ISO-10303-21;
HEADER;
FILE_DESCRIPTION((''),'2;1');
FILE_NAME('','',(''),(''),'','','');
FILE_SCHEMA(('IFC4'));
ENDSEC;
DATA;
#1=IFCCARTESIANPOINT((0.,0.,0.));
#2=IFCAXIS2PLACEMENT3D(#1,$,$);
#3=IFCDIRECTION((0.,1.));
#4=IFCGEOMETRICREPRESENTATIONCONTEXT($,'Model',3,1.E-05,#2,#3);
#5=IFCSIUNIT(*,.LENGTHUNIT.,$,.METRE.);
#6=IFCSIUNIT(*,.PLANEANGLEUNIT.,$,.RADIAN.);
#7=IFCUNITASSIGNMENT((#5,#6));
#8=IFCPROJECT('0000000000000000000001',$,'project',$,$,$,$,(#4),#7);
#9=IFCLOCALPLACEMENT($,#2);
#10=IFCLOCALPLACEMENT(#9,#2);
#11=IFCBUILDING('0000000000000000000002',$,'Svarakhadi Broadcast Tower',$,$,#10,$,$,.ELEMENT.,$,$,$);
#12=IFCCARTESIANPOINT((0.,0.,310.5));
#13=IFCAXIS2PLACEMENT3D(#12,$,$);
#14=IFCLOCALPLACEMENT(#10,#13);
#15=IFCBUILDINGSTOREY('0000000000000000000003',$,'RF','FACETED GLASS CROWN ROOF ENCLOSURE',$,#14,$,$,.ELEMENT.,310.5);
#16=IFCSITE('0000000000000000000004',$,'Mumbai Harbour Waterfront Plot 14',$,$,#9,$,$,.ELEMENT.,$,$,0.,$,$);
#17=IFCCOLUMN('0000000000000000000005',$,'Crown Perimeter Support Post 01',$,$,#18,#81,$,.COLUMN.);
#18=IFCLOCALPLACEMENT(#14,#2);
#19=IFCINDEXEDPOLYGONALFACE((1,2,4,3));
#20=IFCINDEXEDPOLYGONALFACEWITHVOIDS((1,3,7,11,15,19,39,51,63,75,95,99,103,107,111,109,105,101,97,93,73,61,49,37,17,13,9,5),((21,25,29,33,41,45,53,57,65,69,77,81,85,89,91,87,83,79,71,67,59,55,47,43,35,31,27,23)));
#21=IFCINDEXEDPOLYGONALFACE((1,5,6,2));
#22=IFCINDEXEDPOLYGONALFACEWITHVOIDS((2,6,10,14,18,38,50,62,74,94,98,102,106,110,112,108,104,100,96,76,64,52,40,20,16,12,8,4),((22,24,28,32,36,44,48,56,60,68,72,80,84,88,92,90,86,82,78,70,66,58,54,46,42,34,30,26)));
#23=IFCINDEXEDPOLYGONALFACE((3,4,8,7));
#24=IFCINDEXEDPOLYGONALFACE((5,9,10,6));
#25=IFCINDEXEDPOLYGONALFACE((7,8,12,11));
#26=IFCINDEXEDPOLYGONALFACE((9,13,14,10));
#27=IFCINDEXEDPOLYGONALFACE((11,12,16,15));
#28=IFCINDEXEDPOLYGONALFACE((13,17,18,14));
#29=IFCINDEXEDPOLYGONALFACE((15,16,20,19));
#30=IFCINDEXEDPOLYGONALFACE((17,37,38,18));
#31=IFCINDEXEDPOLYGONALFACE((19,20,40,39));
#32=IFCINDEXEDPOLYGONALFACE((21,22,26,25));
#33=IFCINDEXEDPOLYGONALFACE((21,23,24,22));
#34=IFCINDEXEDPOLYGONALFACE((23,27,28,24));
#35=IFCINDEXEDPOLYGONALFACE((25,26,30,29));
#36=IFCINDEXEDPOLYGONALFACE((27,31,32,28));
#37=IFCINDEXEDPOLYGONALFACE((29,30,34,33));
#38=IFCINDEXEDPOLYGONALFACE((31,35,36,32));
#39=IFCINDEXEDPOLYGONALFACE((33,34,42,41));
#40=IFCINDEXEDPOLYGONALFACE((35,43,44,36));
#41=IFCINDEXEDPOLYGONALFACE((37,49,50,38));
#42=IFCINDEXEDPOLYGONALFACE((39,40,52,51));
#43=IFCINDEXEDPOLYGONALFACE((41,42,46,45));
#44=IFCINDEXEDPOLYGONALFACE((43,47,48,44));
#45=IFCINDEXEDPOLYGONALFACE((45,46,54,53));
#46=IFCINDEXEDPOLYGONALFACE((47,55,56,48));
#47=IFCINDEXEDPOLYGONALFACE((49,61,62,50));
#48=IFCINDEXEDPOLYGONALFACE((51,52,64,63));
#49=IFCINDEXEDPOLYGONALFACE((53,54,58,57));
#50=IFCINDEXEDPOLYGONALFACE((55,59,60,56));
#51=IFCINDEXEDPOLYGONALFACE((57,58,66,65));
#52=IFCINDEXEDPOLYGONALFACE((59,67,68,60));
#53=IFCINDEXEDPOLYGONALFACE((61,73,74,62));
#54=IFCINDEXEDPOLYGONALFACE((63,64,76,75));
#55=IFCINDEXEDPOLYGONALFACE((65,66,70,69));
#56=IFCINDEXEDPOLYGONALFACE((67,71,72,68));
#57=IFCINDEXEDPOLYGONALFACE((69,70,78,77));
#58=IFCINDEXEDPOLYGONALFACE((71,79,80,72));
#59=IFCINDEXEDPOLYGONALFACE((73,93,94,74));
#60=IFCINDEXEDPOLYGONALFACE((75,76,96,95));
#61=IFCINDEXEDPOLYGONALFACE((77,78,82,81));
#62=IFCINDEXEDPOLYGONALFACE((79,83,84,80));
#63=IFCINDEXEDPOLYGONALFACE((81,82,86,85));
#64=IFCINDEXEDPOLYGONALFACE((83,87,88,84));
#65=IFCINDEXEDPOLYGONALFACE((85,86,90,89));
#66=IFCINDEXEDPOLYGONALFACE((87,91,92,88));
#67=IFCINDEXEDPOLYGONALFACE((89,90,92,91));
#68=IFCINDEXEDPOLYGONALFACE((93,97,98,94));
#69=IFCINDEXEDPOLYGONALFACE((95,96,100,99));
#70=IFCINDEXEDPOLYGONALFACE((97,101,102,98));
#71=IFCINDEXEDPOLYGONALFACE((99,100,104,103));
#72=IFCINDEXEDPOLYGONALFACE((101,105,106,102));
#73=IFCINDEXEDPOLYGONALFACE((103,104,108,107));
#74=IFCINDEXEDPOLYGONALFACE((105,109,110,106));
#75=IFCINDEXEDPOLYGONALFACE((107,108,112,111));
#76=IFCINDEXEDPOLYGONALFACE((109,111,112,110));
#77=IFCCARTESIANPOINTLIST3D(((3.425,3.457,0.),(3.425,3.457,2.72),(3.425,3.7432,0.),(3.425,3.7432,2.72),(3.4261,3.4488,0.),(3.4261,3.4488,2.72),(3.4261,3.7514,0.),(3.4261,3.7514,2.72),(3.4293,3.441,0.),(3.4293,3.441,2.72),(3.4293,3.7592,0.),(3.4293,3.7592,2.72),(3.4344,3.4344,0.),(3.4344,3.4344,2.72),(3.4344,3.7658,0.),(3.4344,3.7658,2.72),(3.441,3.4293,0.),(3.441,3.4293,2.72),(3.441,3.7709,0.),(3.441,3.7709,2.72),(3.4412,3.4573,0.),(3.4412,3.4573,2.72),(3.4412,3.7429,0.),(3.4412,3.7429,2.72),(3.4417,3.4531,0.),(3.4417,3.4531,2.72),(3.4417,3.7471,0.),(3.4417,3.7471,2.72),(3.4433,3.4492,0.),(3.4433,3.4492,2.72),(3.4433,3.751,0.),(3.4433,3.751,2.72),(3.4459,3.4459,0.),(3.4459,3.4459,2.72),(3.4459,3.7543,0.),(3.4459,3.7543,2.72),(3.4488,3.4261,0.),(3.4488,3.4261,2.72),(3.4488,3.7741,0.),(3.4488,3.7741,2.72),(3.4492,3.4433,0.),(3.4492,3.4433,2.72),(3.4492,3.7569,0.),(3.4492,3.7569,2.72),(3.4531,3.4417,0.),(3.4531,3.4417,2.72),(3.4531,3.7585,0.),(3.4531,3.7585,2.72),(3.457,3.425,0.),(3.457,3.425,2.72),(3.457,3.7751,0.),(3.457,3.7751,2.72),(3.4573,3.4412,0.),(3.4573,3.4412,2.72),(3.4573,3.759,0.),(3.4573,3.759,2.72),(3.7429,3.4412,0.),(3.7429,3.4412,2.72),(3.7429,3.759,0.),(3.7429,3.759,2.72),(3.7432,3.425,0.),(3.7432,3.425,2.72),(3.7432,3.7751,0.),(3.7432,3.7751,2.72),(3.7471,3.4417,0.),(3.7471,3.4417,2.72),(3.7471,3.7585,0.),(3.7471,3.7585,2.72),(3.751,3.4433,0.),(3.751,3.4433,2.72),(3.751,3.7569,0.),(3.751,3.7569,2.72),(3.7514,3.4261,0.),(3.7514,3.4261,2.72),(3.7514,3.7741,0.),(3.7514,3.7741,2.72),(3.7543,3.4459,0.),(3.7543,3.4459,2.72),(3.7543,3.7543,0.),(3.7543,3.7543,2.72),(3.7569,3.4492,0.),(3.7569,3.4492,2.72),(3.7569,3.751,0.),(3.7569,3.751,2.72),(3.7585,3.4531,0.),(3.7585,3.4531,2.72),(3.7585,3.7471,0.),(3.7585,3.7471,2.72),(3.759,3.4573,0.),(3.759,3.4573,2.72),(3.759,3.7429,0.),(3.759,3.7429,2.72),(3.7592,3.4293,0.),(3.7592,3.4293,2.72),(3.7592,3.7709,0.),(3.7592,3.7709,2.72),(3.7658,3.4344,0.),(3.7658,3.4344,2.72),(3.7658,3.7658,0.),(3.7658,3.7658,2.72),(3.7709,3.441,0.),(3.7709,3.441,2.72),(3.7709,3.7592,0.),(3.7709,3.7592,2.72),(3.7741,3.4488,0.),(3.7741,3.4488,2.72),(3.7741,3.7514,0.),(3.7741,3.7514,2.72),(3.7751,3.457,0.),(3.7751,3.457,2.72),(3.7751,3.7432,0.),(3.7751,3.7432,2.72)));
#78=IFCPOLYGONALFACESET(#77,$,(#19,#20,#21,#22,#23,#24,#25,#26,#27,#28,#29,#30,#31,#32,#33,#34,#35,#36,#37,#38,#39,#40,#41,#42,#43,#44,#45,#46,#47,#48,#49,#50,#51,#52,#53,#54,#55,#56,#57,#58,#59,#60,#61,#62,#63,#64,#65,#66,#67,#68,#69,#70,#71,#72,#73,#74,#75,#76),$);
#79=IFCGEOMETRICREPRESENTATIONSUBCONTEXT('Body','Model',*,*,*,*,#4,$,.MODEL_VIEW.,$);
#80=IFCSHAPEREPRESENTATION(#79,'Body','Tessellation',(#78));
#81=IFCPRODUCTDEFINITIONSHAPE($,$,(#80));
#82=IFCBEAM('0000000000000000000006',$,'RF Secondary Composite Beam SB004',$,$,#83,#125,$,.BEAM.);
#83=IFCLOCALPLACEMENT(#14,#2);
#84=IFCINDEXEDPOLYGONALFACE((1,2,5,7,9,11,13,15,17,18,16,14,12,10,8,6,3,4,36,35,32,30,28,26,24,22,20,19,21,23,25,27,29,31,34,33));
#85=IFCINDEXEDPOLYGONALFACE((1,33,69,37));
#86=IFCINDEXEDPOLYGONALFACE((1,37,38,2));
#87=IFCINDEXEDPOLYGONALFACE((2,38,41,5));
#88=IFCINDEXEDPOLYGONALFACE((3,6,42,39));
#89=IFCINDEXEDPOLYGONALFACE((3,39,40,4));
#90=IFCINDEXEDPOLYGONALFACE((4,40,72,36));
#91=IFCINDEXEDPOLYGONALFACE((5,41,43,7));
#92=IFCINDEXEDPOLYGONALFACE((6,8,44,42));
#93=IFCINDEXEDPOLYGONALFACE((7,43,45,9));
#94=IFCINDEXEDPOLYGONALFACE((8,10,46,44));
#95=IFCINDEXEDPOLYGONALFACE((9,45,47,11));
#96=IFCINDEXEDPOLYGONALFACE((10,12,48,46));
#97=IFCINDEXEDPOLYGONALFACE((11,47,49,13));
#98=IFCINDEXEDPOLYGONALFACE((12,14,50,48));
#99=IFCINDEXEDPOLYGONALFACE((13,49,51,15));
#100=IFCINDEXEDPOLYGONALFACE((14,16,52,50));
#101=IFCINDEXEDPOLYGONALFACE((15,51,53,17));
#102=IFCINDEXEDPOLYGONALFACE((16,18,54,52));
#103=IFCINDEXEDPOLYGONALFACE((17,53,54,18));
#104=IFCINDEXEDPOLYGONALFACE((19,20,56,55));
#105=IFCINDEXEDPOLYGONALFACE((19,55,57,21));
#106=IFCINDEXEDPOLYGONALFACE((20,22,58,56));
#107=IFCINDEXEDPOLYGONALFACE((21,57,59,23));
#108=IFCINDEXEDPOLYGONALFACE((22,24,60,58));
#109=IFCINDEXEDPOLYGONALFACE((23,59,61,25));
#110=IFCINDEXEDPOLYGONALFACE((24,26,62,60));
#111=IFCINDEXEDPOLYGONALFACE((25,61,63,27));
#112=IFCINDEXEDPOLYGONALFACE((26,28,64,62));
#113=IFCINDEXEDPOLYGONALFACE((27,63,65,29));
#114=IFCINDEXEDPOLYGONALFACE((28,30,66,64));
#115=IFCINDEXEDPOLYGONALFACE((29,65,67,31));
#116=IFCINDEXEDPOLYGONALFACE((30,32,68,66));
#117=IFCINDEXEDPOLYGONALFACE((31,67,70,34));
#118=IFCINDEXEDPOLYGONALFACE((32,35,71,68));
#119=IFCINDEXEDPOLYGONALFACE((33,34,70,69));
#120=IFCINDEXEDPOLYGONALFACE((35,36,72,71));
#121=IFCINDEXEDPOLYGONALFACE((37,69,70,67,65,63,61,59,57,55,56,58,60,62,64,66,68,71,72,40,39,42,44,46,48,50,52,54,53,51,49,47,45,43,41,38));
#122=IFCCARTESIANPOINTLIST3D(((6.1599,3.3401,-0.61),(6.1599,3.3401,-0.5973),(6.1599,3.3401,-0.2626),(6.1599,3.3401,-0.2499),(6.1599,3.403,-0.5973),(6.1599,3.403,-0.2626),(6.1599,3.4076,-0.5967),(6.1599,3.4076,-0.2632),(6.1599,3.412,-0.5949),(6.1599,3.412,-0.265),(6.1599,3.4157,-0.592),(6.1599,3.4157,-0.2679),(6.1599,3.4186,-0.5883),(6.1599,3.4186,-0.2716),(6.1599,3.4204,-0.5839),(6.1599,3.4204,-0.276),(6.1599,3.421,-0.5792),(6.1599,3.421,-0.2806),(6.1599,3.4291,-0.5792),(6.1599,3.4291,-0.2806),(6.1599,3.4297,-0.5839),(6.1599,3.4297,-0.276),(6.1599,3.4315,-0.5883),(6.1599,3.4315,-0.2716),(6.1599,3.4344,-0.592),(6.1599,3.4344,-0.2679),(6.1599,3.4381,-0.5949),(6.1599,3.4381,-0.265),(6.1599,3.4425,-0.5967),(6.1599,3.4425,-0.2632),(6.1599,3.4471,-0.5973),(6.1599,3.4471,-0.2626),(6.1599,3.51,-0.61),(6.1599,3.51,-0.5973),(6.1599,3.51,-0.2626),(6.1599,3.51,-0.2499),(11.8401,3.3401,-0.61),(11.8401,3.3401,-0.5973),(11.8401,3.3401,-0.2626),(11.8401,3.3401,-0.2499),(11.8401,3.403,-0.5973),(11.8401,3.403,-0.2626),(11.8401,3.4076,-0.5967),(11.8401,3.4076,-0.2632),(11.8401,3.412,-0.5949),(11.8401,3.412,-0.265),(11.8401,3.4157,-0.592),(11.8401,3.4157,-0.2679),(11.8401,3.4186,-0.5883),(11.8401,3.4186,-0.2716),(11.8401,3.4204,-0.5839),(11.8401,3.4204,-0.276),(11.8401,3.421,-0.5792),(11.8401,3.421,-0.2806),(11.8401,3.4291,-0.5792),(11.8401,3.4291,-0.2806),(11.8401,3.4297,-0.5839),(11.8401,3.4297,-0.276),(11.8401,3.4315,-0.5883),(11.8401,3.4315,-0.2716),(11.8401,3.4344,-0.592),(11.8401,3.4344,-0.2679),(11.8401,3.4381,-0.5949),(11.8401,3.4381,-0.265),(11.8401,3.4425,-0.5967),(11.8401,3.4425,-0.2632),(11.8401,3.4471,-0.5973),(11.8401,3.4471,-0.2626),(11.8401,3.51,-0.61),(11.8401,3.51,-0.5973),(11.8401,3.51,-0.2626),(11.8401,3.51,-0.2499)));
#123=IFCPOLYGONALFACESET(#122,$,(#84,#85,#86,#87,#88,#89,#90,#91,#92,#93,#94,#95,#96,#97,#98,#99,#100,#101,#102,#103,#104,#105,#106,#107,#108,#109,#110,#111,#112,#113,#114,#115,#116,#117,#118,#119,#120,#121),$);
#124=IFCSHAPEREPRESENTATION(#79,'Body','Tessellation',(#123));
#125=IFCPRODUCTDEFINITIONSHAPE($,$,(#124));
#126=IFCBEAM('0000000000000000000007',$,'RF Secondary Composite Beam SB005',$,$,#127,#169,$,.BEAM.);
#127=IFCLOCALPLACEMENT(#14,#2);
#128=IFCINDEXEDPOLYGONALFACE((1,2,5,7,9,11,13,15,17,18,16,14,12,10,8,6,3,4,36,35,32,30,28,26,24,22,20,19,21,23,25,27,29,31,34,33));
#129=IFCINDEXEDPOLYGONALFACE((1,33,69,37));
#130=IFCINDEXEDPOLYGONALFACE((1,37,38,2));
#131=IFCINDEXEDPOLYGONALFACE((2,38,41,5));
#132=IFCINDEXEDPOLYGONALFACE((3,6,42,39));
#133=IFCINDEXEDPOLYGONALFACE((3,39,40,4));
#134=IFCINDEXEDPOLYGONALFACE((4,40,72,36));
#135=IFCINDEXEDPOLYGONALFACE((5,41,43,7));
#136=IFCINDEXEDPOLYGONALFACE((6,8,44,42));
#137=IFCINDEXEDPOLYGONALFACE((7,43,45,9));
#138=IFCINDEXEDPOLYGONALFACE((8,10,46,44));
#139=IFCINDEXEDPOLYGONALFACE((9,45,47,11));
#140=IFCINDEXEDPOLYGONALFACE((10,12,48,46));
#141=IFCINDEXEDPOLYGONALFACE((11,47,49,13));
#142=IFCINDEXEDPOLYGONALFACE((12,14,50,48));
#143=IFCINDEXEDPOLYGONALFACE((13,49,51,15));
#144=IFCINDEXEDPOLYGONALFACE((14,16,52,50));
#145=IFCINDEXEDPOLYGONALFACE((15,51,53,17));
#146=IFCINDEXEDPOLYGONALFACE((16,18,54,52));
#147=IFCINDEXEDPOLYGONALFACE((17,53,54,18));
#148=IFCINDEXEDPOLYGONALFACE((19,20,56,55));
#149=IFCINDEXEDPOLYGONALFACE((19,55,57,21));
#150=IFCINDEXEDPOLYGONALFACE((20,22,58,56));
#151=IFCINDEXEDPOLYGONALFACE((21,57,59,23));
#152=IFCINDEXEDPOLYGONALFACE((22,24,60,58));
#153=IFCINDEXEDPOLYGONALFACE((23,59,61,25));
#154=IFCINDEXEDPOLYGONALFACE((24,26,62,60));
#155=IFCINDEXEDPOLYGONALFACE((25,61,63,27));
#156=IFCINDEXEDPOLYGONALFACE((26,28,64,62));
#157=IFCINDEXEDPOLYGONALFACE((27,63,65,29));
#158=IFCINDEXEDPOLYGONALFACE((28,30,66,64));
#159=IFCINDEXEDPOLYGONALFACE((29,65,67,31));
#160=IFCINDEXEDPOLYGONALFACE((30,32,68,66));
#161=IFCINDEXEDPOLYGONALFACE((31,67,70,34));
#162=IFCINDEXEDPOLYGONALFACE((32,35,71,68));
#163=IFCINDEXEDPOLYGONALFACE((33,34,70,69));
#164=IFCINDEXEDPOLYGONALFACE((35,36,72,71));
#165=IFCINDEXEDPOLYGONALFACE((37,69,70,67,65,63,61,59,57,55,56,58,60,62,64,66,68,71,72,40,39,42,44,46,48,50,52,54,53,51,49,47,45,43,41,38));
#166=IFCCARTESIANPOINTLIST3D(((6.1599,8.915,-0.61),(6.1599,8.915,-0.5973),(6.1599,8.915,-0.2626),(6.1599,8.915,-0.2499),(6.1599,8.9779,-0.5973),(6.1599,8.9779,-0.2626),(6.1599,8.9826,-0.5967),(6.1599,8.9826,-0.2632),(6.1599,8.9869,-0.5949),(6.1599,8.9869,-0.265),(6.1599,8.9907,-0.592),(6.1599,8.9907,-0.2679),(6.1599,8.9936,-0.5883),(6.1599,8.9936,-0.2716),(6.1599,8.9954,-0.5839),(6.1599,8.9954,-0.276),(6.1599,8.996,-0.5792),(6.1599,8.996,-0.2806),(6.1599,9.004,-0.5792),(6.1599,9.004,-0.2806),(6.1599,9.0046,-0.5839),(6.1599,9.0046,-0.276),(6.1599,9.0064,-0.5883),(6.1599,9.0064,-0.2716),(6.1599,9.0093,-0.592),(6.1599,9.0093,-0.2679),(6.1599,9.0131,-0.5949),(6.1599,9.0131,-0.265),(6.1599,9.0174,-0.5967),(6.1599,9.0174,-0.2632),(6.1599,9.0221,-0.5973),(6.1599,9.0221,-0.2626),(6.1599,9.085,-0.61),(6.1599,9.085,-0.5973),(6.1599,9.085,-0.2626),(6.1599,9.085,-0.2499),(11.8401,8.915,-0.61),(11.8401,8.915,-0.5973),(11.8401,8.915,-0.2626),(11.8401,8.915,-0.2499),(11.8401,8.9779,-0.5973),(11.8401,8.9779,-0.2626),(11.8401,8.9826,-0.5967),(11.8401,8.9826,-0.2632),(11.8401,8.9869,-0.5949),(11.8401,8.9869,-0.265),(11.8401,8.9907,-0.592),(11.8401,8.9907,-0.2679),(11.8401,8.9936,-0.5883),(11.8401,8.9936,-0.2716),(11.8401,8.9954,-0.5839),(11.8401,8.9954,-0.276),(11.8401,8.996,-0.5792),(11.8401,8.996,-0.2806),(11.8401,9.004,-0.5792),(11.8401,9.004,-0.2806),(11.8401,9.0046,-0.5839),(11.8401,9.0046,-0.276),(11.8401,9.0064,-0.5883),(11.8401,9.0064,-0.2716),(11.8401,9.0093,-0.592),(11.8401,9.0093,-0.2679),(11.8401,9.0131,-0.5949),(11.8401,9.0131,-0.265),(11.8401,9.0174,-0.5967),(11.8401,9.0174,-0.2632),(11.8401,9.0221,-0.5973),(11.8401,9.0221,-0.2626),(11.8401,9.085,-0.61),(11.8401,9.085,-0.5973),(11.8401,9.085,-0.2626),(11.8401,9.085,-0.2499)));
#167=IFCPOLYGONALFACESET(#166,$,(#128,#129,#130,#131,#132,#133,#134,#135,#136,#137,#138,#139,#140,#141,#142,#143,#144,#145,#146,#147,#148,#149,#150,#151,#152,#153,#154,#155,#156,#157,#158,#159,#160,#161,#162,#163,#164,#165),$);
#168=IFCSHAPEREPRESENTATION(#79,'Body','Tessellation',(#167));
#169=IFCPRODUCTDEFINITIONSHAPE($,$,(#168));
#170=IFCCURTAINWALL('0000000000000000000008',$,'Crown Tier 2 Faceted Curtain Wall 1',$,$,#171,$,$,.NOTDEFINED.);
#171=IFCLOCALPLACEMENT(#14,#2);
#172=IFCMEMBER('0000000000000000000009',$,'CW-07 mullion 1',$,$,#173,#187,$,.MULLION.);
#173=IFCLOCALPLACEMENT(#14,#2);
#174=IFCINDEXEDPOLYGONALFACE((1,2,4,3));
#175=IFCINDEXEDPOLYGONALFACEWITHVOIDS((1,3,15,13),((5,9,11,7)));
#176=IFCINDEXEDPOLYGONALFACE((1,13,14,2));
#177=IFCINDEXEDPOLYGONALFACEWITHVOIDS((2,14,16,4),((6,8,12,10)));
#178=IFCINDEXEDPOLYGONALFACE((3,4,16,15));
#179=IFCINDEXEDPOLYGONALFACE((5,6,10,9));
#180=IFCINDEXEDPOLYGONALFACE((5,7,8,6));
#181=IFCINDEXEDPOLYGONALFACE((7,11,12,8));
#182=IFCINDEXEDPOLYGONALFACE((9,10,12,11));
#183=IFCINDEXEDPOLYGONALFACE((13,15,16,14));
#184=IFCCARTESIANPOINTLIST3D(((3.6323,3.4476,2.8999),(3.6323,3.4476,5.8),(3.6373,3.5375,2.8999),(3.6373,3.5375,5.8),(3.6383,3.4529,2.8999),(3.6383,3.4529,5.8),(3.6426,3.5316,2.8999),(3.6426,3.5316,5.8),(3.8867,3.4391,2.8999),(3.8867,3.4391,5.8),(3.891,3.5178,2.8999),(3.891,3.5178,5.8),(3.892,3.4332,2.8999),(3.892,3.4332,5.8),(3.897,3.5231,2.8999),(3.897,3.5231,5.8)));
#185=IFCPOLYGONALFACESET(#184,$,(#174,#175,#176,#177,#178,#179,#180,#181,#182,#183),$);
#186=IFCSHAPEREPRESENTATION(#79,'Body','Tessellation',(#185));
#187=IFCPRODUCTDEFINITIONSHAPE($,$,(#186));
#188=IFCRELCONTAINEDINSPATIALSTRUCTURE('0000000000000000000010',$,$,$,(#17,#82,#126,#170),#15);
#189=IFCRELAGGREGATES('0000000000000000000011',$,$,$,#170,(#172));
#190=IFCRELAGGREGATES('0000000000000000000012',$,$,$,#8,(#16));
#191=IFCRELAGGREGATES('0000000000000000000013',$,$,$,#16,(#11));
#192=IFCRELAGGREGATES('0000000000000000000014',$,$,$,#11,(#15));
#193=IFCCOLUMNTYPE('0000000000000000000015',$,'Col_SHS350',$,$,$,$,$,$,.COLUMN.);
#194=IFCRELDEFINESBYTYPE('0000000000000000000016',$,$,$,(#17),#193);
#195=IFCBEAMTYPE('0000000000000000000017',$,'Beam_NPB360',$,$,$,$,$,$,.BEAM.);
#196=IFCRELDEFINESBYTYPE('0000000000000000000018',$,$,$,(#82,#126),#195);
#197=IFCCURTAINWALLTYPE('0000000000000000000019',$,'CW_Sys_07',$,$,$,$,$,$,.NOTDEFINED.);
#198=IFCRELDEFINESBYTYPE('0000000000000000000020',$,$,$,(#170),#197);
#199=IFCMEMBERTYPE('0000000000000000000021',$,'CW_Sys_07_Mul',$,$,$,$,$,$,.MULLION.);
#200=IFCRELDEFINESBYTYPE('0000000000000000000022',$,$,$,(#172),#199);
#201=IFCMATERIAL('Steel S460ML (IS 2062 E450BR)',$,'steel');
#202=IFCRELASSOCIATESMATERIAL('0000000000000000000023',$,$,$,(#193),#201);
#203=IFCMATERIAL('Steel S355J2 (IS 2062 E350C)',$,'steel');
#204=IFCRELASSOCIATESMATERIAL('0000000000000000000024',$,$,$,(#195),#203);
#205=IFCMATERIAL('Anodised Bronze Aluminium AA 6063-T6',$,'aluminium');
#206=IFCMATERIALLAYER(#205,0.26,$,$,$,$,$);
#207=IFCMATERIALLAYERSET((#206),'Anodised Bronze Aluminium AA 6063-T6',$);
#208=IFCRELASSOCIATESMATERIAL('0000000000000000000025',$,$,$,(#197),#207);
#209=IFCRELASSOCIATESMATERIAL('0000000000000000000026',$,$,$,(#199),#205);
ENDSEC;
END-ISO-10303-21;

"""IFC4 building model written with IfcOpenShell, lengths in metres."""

from ifc_helpers import new_model, si_unit, direction, frame, origin, origin_2d, place, context, subcontext, project, spatial, hollow_rectangle, i_section, extrude, material, layer, layer_set, material_profile, profile_set, type_object, element, aggregate, save


model = new_model("IFC4")

# Units and contexts
model_context = context("Model", 3, precision=1e-05, world=origin(), true_north=direction((0.0, 1.0)))
body_context = subcontext(model_context, "Body", "Model", "MODEL_VIEW")
ifc_project = project(units=[si_unit("LENGTHUNIT", "METRE"), si_unit("PLANEANGLEUNIT", "RADIAN")], contexts=[model_context])

# Site, building, storey
site_placement = place(None, origin())
site = spatial("IfcSite", under=ifc_project, at=site_placement, Name="Mumbai Harbour Waterfront Plot 14", CompositionType="ELEMENT", RefElevation=0.0)
building_placement = place(site_placement, origin())
building = spatial("IfcBuilding", under=site, at=building_placement, Name="Svarakhadi Broadcast Tower", CompositionType="ELEMENT")
storey_placement = place(building_placement, frame((0.0, 0.0, 310.5)))
storey = spatial("IfcBuildingStorey", under=building, at=storey_placement, Name="RF", Description="FACETED GLASS CROWN ROOF ENCLOSURE", CompositionType="ELEMENT", Elevation=310.5)

# Column
ifc_material_1 = material(Name="Steel S460ML (IS 2062 E450BR)", Category="steel")
ifc_material_profile_1 = material_profile(ifc_material_1, hollow_rectangle(XDim=0.3501, YDim=0.3501, WallThickness=0.0161, InnerFilletRadius=0.0161, OuterFilletRadius=0.032, at=origin_2d()), Name="SHS 350x350x16")
ifc_profile_set_1 = profile_set([ifc_material_profile_1], Name="Steel S460ML (IS 2062 E450BR)")
column_type = type_object("IfcColumnType", Name="Col_SHS350", PredefinedType="COLUMN", material=ifc_profile_set_1)
column_placement = place(storey_placement, frame((3.6001, 3.6001, 0.0), z_axis=(0.0, 0.0, 1.0), x_axis=(1.0, 0.0, 0.0)))
element("IfcColumn", 1, at=column_placement, inside=storey, type_object=column_type, Name="Crown Perimeter Support Post 01", PredefinedType="COLUMN", context=body_context, shape_type="SweptSolid", body=[
    extrude(hollow_rectangle(XDim=0.3501, YDim=0.3501, WallThickness=0.0161, InnerFilletRadius=0.0161, OuterFilletRadius=0.032, at=origin_2d()), origin(), (0.0, 0.0, 1.0), 2.72),
])

# Beams
ifc_material_2 = material(Name="Steel S355J2 (IS 2062 E350C)", Category="steel")
ifc_material_profile_2 = material_profile(ifc_material_2, i_section(OverallWidth=0.1699, OverallDepth=0.3601, WebThickness=0.0081, FlangeThickness=0.0127, FilletRadius=0.0181, at=origin_2d()), Name="NPB 360x170x57")
ifc_profile_set_2 = profile_set([ifc_material_profile_2], Name="Steel S355J2 (IS 2062 E350C)")
beam_type_1 = type_object("IfcBeamType", Name="Beam_NPB360", PredefinedType="BEAM", material=ifc_profile_set_2)
for number, where, z_axis, x_axis, name in (
    (2, (6.1599, 3.425, -0.4299), (1.0, 0.0, 0.0), (0.0, 1.0, 0.0), "RF Secondary Composite Beam SB004"),
    (3, (6.1599, 9.0, -0.4299), (1.0, 0.0, 0.0), (0.0, 1.0, 0.0), "RF Secondary Composite Beam SB005"),
):
    element("IfcBeam", number, at=place(storey_placement, frame(where, z_axis=z_axis, x_axis=x_axis)), inside=storey, type_object=beam_type_1, Name=name, PredefinedType="BEAM", context=body_context, shape_type="SweptSolid", body=[
        extrude(i_section(OverallWidth=0.1699, OverallDepth=0.3601, WebThickness=0.0081, FlangeThickness=0.0127, FilletRadius=0.0181, at=origin_2d()), origin(), (0.0, 0.0, 1.0), 5.6802),
    ])

# Curtain wall, member
ifc_material_3 = material(Name="Anodised Bronze Aluminium AA 6063-T6", Category="aluminium")
ifc_layer_1 = layer(ifc_material_3, 0.26)
ifc_layer_set_1 = layer_set([ifc_layer_1], Name="Anodised Bronze Aluminium AA 6063-T6")
curtain_wall_type = type_object("IfcCurtainWallType", Name="CW_Sys_07", PredefinedType="NOTDEFINED", material=ifc_layer_set_1)
curtain_wall_1_placement = place(storey_placement, origin())
curtain_wall_1 = element("IfcCurtainWall", 4, at=curtain_wall_1_placement, inside=storey, type_object=curtain_wall_type, Name="Crown Tier 2 Faceted Curtain Wall 1", PredefinedType="NOTDEFINED")
ifc_material_profile_3 = material_profile(ifc_material_3, hollow_rectangle(XDim=0.0901, YDim=0.26, WallThickness=0.0056, at=origin_2d()), Name="ALU MULLION 260x90x6")
ifc_profile_set_3 = profile_set([ifc_material_profile_3], Name="Anodised Bronze Aluminium AA 6063-T6")
member_type_1 = type_object("IfcMemberType", Name="CW_Sys_07_Mul", PredefinedType="MULLION", material=ifc_profile_set_3)
member_1_placement = place(storey_placement, frame((3.7646, 3.4854, 2.8999), z_axis=(0.0, 0.0, 1.0), x_axis=(0.055471, 0.99846, 0.0)))
member_1 = element("IfcMember", 5, at=member_1_placement, type_object=member_type_1, Name="CW-07 mullion 1", PredefinedType="MULLION", context=body_context, shape_type="SweptSolid", body=[
    extrude(hollow_rectangle(XDim=0.0901, YDim=0.26, WallThickness=0.0056, at=origin_2d()), origin(), (0.0, 0.0, 1.0), 2.9001),
])

aggregate(curtain_wall_1, [member_1])

save(model, "model.ifc")
